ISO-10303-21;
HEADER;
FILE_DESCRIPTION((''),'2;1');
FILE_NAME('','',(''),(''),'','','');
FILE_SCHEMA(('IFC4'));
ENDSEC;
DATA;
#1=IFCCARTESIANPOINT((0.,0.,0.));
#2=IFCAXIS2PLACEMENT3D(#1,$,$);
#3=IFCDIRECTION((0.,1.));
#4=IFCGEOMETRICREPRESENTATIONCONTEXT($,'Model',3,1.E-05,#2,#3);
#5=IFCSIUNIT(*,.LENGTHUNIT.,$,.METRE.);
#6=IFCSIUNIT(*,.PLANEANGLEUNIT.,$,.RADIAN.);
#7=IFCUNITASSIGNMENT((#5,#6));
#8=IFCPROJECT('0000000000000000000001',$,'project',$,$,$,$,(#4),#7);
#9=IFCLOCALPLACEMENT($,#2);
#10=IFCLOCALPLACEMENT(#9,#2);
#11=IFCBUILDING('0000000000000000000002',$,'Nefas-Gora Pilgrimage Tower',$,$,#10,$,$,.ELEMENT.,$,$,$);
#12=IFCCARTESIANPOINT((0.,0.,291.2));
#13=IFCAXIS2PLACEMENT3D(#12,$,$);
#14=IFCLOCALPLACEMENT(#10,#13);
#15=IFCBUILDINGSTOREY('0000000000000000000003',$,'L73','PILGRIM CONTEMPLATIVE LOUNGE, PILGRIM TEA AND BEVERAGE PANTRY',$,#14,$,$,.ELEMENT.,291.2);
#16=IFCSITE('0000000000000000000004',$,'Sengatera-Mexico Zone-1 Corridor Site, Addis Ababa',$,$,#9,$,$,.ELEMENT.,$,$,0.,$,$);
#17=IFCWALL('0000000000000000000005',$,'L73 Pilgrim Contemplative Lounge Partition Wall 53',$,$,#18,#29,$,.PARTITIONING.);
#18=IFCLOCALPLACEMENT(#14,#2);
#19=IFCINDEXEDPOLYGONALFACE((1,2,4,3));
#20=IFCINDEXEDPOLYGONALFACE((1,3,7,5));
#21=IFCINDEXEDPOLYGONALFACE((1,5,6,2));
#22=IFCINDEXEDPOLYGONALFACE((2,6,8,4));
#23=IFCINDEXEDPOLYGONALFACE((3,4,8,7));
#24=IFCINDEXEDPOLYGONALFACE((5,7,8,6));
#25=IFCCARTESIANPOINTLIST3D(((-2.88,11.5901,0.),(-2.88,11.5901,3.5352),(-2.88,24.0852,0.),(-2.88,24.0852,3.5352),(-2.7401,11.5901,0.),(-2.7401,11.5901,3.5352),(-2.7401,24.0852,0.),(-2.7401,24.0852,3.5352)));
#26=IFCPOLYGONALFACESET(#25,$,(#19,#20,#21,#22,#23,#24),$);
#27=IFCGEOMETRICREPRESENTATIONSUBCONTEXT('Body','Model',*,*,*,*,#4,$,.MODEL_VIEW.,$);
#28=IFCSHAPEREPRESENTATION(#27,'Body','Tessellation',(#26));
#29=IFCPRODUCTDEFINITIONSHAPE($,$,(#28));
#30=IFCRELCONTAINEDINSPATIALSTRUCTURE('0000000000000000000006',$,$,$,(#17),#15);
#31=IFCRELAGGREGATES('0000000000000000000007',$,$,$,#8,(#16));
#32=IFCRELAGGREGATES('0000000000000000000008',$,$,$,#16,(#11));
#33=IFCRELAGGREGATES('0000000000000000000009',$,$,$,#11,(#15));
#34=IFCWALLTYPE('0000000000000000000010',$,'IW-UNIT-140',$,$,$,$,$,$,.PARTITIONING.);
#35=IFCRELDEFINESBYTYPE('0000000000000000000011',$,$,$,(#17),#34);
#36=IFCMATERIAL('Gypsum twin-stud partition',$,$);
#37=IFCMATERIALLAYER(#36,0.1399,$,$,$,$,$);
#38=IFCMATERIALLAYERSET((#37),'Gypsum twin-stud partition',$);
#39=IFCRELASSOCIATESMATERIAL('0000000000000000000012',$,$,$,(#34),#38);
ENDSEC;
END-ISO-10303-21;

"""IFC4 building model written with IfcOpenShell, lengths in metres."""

from ifc_helpers import new_model, si_unit, direction, frame, frame_2d, origin, place, context, subcontext, project, spatial, rectangle, extrude, source, transform, mapped, material, layer, layer_set, type_object, element, save


model = new_model("IFC4")

# Units and contexts
model_context = context("Model", 3, precision=1e-05, world=origin(), true_north=direction((0.0, 1.0)))
body_context = subcontext(model_context, "Body", "Model", "MODEL_VIEW")
ifc_project = project(units=[si_unit("LENGTHUNIT", "METRE"), si_unit("PLANEANGLEUNIT", "RADIAN")], contexts=[model_context])

# Site, building, storey
site_placement = place(None, origin())
site = spatial("IfcSite", under=ifc_project, at=site_placement, Name="Sengatera-Mexico Zone-1 Corridor Site, Addis Ababa", CompositionType="ELEMENT", RefElevation=0.0)
building_placement = place(site_placement, origin())
building = spatial("IfcBuilding", under=site, at=building_placement, Name="Nefas-Gora Pilgrimage Tower", CompositionType="ELEMENT")
storey_placement = place(building_placement, frame((0.0, 0.0, 291.2)))
storey = spatial("IfcBuildingStorey", under=building, at=storey_placement, Name="L73", Description="PILGRIM CONTEMPLATIVE LOUNGE, PILGRIM TEA AND BEVERAGE PANTRY", CompositionType="ELEMENT", Elevation=291.2)

# Wall
ifc_material_1 = material(Name="Gypsum twin-stud partition")
ifc_layer_1 = layer(ifc_material_1, 0.1399)
ifc_layer_set_1 = layer_set([ifc_layer_1], Name="Gypsum twin-stud partition")
wall_type_1 = type_object("IfcWallType", Name="IW-UNIT-140", PredefinedType="PARTITIONING", material=ifc_layer_set_1)
shared_shape_1 = source(origin(), body_context, "Body", "SweptSolid", [
    extrude(rectangle(XDim=12.4951, YDim=0.1399, at=frame_2d((6.2476, 0.0))), origin(), (0.0, 0.0, 1.0), 3.5352),
])
wall_1_placement = place(storey_placement, frame((-2.8101, 11.5901, 0.0), z_axis=(0.0, 0.0, 1.0), x_axis=(0.0, 1.0, 0.0)))
element("IfcWall", 1, at=wall_1_placement, inside=storey, type_object=wall_type_1, Name="L73 Pilgrim Contemplative Lounge Partition Wall 53", PredefinedType="PARTITIONING", context=body_context, shape_type="MappedRepresentation", body=[
    mapped(shared_shape_1, transform((0.0, 0.0, 0.0), x_axis=(1.0, 0.0, 0.0), y_axis=(0.0, 1.0, 0.0), z_axis=(0.0, 0.0, 1.0), scale=1.0)),
])

save(model, "model.ifc")
